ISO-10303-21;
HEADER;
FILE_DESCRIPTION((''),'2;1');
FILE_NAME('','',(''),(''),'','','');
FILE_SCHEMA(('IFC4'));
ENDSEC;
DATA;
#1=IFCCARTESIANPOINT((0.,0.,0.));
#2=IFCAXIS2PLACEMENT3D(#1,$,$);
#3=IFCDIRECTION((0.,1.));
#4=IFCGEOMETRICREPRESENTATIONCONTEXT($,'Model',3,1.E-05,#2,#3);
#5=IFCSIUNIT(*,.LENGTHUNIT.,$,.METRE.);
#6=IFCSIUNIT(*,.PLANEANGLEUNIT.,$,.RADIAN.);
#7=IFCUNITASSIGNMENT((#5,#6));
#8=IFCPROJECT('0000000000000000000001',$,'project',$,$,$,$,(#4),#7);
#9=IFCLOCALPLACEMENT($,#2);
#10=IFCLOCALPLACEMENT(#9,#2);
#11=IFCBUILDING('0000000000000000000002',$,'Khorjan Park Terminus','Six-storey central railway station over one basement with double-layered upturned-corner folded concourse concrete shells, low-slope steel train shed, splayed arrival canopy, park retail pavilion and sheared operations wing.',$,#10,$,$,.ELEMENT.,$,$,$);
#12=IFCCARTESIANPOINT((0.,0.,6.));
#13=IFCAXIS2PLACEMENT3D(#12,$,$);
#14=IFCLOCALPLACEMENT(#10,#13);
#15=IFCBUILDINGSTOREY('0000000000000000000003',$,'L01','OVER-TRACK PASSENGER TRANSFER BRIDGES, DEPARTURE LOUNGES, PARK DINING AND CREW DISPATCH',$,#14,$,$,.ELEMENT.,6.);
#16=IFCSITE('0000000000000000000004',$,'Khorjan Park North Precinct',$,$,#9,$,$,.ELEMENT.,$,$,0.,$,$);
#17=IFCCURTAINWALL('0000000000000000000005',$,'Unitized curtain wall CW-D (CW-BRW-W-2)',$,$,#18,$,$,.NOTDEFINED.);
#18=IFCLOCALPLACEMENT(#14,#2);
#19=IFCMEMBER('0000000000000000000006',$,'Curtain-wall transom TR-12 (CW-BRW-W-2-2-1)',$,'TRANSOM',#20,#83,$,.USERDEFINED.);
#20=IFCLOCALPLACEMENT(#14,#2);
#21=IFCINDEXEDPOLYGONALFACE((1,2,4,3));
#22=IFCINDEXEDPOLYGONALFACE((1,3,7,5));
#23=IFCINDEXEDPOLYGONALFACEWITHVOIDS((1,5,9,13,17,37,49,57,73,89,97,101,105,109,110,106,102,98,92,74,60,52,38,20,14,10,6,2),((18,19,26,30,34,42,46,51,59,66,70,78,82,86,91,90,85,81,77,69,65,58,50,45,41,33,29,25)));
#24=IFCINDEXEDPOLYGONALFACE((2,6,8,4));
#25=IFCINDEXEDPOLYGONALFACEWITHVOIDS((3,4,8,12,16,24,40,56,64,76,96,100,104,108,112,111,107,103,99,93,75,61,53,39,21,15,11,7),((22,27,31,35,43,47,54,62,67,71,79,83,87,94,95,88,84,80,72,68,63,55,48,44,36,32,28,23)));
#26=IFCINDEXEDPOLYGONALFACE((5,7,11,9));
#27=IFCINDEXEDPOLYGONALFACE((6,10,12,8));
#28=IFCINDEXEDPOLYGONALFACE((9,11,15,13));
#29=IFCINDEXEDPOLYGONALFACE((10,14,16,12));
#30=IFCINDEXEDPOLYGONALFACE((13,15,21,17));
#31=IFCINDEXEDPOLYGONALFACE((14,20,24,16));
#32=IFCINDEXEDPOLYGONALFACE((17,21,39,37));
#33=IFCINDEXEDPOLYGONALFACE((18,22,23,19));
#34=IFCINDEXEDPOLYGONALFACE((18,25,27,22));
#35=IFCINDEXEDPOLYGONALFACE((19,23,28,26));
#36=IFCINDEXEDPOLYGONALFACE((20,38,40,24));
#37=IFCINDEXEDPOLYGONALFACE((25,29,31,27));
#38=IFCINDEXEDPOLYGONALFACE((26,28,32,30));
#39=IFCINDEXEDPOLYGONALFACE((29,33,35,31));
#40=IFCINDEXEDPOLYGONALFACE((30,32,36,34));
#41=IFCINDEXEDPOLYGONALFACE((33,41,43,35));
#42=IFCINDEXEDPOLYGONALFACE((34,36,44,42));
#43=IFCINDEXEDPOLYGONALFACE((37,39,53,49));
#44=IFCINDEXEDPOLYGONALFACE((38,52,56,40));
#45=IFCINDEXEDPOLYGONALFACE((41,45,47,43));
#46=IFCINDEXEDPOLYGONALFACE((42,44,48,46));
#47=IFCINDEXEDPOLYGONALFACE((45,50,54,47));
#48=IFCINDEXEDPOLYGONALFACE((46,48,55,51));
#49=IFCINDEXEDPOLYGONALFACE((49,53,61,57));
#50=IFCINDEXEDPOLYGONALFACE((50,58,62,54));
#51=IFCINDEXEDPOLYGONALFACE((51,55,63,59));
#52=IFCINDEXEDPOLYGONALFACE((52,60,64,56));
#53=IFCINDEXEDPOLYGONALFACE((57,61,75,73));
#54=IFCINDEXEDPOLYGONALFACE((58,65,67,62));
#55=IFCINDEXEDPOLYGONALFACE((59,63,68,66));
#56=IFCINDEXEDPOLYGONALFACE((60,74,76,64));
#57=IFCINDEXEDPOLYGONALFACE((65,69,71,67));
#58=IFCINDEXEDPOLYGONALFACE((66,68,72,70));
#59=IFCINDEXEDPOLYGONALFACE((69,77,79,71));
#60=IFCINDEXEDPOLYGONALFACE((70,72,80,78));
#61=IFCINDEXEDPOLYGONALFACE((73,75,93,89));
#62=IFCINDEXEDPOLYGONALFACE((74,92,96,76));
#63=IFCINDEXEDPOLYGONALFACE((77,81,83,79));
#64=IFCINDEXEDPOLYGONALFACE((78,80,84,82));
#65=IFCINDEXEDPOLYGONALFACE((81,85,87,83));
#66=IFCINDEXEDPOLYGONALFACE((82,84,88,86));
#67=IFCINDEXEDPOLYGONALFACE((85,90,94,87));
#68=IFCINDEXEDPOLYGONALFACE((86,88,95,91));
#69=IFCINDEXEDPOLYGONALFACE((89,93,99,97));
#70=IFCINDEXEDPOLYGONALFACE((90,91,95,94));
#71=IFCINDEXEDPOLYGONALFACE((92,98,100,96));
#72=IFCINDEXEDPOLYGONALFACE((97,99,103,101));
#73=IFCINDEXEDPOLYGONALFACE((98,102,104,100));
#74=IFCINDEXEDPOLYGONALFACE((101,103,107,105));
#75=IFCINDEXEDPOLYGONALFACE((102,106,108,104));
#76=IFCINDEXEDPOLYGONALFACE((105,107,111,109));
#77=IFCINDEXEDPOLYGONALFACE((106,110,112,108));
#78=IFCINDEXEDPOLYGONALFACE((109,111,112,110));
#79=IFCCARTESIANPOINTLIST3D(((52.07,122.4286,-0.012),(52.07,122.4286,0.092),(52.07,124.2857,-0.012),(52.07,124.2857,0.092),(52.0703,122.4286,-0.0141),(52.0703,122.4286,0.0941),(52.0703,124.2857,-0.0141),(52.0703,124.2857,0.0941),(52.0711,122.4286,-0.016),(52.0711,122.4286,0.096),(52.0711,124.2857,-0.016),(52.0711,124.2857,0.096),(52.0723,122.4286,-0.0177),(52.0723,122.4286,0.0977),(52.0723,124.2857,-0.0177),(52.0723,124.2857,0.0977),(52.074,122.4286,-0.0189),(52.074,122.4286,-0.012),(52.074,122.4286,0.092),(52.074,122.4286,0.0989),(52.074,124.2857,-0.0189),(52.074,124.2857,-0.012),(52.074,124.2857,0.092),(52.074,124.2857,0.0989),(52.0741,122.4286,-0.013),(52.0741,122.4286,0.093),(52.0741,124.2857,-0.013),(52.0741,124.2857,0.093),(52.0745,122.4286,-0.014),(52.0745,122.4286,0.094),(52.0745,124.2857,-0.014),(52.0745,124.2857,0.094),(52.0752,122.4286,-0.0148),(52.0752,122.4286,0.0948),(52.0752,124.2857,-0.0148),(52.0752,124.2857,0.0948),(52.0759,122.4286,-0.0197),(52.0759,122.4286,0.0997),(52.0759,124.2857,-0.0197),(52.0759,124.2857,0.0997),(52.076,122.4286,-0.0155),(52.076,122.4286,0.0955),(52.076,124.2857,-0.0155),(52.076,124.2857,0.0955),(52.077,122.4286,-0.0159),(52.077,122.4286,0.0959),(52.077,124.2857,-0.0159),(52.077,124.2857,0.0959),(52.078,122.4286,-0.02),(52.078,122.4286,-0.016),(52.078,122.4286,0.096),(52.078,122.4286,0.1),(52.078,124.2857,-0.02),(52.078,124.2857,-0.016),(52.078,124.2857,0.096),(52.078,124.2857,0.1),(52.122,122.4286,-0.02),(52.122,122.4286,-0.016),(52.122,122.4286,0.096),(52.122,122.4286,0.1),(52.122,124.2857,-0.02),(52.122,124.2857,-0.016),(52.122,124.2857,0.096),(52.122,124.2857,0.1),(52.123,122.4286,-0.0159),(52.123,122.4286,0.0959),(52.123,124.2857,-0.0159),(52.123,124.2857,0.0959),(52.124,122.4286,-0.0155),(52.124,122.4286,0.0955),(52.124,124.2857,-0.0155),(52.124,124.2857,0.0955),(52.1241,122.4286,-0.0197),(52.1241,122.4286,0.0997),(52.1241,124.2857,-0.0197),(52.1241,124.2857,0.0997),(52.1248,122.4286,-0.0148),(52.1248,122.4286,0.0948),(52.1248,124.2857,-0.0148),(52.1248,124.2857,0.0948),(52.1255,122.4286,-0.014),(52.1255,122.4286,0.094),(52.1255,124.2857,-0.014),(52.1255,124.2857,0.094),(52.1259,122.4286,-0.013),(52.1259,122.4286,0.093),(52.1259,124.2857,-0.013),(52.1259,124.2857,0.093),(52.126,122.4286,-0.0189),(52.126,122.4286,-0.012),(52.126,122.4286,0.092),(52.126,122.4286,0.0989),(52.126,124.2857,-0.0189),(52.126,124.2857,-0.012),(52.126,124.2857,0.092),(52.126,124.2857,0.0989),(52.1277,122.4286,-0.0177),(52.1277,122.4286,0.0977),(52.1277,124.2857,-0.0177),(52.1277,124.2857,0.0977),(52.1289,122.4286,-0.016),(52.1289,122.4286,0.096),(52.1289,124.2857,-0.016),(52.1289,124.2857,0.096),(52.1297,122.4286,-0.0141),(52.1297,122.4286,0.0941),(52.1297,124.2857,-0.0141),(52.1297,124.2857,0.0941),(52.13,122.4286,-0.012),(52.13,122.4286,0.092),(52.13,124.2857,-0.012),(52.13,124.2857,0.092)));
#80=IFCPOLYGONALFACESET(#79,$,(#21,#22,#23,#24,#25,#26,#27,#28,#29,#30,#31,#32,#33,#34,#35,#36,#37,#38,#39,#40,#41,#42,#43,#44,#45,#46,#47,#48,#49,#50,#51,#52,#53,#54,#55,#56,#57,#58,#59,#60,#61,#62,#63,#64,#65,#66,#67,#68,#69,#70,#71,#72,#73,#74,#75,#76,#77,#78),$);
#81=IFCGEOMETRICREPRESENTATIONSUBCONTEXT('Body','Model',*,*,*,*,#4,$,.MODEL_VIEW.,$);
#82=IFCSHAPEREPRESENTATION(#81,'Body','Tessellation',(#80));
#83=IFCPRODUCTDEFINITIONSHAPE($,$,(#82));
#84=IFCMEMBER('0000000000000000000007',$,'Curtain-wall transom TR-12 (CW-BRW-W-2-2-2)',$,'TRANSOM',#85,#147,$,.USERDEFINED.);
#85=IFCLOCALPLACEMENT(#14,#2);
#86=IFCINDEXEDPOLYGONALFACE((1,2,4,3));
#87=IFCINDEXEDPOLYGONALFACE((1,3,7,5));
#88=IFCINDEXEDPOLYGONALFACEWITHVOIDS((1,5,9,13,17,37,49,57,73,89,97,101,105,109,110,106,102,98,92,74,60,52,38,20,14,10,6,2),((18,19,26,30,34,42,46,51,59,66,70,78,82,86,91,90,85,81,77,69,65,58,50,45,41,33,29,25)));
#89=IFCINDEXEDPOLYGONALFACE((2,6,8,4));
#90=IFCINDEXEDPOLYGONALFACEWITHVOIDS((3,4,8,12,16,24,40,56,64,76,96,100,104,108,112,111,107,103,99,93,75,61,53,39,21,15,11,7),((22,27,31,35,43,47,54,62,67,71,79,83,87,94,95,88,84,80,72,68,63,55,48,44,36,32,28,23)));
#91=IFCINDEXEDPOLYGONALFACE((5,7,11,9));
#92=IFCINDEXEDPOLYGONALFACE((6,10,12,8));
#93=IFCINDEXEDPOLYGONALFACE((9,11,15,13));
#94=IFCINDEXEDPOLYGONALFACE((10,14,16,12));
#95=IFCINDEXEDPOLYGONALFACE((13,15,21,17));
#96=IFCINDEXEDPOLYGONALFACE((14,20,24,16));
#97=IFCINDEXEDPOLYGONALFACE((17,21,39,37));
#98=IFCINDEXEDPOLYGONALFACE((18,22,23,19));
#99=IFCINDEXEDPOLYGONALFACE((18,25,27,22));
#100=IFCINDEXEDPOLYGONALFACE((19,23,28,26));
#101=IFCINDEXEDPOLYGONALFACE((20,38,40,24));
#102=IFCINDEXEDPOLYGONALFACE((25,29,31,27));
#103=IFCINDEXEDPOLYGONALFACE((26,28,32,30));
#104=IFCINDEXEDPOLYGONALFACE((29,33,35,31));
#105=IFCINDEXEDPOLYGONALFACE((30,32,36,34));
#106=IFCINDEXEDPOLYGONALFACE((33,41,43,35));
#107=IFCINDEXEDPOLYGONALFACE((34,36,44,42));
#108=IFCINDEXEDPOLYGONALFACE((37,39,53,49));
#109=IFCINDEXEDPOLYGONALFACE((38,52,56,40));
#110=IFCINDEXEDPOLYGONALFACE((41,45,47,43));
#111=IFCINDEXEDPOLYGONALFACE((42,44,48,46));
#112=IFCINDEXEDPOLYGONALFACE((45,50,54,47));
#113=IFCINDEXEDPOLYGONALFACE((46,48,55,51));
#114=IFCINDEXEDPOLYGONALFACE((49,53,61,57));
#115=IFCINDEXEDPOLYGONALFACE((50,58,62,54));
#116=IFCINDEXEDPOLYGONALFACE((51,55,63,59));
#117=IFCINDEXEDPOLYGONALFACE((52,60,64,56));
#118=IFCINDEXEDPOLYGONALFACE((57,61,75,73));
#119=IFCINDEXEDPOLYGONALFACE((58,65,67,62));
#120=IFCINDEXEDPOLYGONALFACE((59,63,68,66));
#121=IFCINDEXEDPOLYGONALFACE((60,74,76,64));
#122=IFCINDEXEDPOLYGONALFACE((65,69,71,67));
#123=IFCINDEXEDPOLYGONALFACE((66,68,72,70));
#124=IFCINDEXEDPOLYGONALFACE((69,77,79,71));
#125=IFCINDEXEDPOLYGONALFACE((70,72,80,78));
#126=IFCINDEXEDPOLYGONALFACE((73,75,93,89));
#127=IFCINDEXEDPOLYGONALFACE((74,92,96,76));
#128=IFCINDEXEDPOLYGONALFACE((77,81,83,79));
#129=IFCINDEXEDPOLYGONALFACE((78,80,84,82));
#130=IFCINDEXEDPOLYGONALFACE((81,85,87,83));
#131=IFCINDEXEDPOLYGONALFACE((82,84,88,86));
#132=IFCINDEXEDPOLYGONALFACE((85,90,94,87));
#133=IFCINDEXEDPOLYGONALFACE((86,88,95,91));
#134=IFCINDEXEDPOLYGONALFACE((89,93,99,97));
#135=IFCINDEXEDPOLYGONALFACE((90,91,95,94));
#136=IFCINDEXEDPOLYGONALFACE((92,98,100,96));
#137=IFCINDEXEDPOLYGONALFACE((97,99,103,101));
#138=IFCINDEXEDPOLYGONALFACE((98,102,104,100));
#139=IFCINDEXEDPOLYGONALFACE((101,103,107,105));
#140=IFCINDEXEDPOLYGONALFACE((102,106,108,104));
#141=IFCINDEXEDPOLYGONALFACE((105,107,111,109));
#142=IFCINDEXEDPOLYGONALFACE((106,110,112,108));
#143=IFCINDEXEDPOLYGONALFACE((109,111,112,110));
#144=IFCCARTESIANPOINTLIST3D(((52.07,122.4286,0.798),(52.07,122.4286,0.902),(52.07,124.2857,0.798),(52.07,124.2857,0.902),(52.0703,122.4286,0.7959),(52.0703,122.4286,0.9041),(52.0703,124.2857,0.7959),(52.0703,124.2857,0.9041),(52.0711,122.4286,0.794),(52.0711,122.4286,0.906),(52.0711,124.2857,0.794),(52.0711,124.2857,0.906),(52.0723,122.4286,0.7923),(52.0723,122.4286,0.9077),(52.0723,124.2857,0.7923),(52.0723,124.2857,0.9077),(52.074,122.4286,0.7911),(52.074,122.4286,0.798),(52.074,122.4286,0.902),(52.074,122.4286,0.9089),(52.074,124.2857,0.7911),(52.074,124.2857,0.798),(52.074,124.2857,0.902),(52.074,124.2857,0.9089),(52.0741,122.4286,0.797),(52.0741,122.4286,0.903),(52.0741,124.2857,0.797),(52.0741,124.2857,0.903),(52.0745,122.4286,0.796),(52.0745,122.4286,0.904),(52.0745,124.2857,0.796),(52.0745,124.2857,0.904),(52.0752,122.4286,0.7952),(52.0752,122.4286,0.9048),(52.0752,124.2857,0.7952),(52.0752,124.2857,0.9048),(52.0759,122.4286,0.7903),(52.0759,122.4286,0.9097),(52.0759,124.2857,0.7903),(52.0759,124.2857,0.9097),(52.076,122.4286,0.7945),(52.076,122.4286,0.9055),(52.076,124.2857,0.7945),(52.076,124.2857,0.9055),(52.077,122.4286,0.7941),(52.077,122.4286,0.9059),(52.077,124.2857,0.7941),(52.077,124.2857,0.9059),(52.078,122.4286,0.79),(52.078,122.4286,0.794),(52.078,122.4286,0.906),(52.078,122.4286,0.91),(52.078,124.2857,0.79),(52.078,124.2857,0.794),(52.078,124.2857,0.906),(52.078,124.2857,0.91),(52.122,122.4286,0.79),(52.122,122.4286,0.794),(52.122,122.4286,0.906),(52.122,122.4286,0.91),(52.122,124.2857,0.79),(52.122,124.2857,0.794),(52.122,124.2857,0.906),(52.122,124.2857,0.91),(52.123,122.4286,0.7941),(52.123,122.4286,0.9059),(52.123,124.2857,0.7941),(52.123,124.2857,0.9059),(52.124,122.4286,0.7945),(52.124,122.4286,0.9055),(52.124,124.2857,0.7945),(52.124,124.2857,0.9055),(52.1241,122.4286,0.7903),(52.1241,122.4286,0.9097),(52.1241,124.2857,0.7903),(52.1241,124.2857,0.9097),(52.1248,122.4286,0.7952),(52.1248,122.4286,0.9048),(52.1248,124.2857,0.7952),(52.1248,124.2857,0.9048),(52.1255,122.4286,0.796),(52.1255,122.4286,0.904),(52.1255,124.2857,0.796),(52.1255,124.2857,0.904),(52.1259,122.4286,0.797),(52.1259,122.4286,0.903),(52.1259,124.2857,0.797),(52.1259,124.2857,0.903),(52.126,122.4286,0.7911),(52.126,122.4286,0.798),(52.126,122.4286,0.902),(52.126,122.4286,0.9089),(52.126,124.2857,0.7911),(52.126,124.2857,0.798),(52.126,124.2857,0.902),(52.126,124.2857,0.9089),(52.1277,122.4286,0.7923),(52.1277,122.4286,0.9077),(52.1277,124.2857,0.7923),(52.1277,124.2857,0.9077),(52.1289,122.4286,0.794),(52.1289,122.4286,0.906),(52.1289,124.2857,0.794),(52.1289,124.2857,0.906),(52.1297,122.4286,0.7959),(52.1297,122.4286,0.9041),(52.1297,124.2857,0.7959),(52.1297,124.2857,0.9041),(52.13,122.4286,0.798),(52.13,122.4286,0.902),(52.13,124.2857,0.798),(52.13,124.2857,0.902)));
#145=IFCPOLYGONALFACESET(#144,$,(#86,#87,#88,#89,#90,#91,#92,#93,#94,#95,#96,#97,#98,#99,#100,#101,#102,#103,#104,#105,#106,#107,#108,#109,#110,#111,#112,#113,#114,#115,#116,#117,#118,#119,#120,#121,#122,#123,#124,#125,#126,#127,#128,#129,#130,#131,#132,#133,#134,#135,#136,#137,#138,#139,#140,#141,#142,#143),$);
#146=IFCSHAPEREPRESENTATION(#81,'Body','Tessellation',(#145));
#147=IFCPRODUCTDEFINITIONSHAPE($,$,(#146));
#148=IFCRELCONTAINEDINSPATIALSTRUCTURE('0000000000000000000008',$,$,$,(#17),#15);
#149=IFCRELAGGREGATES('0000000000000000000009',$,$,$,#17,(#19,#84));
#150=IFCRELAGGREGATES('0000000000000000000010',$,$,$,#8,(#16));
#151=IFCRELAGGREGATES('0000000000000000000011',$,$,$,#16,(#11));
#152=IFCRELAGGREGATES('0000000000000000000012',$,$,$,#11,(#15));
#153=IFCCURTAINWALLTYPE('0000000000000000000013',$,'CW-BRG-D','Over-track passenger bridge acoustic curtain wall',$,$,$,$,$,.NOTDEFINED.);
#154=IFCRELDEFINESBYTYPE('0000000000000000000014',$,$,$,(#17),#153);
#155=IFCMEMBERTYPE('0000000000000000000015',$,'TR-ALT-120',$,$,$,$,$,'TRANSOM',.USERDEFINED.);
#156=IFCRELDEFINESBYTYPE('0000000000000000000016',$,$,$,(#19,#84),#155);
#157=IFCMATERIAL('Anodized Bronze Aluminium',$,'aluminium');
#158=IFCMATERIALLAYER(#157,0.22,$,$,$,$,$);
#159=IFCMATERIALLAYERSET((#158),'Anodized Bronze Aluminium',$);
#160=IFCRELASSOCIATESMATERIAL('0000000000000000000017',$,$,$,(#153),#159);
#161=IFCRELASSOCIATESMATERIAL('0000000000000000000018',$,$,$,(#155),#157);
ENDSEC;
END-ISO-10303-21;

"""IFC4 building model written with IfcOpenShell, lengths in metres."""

from ifc_helpers import new_model, si_unit, direction, frame, origin, origin_2d, place, context, subcontext, project, spatial, hollow_rectangle, extrude, material, layer, layer_set, material_profile, profile_set, type_object, element, aggregate, save


model = new_model("IFC4")

# Units and contexts
model_context = context("Model", 3, precision=1e-05, world=origin(), true_north=direction((0.0, 1.0)))
body_context = subcontext(model_context, "Body", "Model", "MODEL_VIEW")
ifc_project = project(units=[si_unit("LENGTHUNIT", "METRE"), si_unit("PLANEANGLEUNIT", "RADIAN")], contexts=[model_context])

# Site, building, storey
site_placement = place(None, origin())
site = spatial("IfcSite", under=ifc_project, at=site_placement, Name="Khorjan Park North Precinct", CompositionType="ELEMENT", RefElevation=0.0)
building_placement = place(site_placement, origin())
building = spatial("IfcBuilding", under=site, at=building_placement, Name="Khorjan Park Terminus", Description="Six-storey central railway station over one basement with double-layered upturned-corner folded concourse concrete shells, low-slope steel train shed, splayed arrival canopy, park retail pavilion and sheared operations wing.", CompositionType="ELEMENT")
storey_placement = place(building_placement, frame((0.0, 0.0, 6.0)))
storey = spatial("IfcBuildingStorey", under=building, at=storey_placement, Name="L01", Description="OVER-TRACK PASSENGER TRANSFER BRIDGES, DEPARTURE LOUNGES, PARK DINING AND CREW DISPATCH", CompositionType="ELEMENT", Elevation=6.0)

# Curtain wall
ifc_material_1 = material(Name="Anodized Bronze Aluminium", Category="aluminium")
ifc_layer_1 = layer(ifc_material_1, 0.22)
ifc_layer_set_1 = layer_set([ifc_layer_1], Name="Anodized Bronze Aluminium")
curtain_wall_type = type_object("IfcCurtainWallType", Name="CW-BRG-D", Description="Over-track passenger bridge acoustic curtain wall", PredefinedType="NOTDEFINED", material=ifc_layer_set_1)
curtain_wall_1_placement = place(storey_placement, origin())
curtain_wall_1 = element("IfcCurtainWall", 1, at=curtain_wall_1_placement, inside=storey, type_object=curtain_wall_type, Name="Unitized curtain wall CW-D (CW-BRW-W-2)", PredefinedType="NOTDEFINED")

# Members
ifc_material_profile_1 = material_profile(ifc_material_1, hollow_rectangle(XDim=0.06, YDim=0.12, WallThickness=0.004, InnerFilletRadius=0.004, OuterFilletRadius=0.008, at=origin_2d()), Name="ALT 60x120x4")
ifc_profile_set_1 = profile_set([ifc_material_profile_1], Name="Anodized Bronze Aluminium")
member_type_1 = type_object("IfcMemberType", Name="TR-ALT-120", ElementType="TRANSOM", PredefinedType="USERDEFINED", material=ifc_profile_set_1)
member_1_placement = place(storey_placement, frame((52.1, 124.2857, 0.04), z_axis=(0.0, -1.0, 0.0), x_axis=(1.0, 0.0, 0.0)))
member_1 = element("IfcMember", 2, at=member_1_placement, type_object=member_type_1, Name="Curtain-wall transom TR-12 (CW-BRW-W-2-2-1)", ObjectType="TRANSOM", PredefinedType="USERDEFINED", context=body_context, shape_type="SweptSolid", body=[
    extrude(hollow_rectangle(XDim=0.06, YDim=0.12, WallThickness=0.004, InnerFilletRadius=0.004, OuterFilletRadius=0.008, at=origin_2d()), origin(), (0.0, 0.0, 1.0), 1.8571),
])
member_2_placement = place(storey_placement, frame((52.1, 124.2857, 0.85), z_axis=(0.0, -1.0, 0.0), x_axis=(1.0, 0.0, 0.0)))
member_2 = element("IfcMember", 3, at=member_2_placement, type_object=member_type_1, Name="Curtain-wall transom TR-12 (CW-BRW-W-2-2-2)", ObjectType="TRANSOM", PredefinedType="USERDEFINED", context=body_context, shape_type="SweptSolid", body=[
    extrude(hollow_rectangle(XDim=0.06, YDim=0.12, WallThickness=0.004, InnerFilletRadius=0.004, OuterFilletRadius=0.008, at=origin_2d()), origin(), (0.0, 0.0, 1.0), 1.8571),
])

aggregate(curtain_wall_1, [member_1, member_2])

save(model, "model.ifc")
